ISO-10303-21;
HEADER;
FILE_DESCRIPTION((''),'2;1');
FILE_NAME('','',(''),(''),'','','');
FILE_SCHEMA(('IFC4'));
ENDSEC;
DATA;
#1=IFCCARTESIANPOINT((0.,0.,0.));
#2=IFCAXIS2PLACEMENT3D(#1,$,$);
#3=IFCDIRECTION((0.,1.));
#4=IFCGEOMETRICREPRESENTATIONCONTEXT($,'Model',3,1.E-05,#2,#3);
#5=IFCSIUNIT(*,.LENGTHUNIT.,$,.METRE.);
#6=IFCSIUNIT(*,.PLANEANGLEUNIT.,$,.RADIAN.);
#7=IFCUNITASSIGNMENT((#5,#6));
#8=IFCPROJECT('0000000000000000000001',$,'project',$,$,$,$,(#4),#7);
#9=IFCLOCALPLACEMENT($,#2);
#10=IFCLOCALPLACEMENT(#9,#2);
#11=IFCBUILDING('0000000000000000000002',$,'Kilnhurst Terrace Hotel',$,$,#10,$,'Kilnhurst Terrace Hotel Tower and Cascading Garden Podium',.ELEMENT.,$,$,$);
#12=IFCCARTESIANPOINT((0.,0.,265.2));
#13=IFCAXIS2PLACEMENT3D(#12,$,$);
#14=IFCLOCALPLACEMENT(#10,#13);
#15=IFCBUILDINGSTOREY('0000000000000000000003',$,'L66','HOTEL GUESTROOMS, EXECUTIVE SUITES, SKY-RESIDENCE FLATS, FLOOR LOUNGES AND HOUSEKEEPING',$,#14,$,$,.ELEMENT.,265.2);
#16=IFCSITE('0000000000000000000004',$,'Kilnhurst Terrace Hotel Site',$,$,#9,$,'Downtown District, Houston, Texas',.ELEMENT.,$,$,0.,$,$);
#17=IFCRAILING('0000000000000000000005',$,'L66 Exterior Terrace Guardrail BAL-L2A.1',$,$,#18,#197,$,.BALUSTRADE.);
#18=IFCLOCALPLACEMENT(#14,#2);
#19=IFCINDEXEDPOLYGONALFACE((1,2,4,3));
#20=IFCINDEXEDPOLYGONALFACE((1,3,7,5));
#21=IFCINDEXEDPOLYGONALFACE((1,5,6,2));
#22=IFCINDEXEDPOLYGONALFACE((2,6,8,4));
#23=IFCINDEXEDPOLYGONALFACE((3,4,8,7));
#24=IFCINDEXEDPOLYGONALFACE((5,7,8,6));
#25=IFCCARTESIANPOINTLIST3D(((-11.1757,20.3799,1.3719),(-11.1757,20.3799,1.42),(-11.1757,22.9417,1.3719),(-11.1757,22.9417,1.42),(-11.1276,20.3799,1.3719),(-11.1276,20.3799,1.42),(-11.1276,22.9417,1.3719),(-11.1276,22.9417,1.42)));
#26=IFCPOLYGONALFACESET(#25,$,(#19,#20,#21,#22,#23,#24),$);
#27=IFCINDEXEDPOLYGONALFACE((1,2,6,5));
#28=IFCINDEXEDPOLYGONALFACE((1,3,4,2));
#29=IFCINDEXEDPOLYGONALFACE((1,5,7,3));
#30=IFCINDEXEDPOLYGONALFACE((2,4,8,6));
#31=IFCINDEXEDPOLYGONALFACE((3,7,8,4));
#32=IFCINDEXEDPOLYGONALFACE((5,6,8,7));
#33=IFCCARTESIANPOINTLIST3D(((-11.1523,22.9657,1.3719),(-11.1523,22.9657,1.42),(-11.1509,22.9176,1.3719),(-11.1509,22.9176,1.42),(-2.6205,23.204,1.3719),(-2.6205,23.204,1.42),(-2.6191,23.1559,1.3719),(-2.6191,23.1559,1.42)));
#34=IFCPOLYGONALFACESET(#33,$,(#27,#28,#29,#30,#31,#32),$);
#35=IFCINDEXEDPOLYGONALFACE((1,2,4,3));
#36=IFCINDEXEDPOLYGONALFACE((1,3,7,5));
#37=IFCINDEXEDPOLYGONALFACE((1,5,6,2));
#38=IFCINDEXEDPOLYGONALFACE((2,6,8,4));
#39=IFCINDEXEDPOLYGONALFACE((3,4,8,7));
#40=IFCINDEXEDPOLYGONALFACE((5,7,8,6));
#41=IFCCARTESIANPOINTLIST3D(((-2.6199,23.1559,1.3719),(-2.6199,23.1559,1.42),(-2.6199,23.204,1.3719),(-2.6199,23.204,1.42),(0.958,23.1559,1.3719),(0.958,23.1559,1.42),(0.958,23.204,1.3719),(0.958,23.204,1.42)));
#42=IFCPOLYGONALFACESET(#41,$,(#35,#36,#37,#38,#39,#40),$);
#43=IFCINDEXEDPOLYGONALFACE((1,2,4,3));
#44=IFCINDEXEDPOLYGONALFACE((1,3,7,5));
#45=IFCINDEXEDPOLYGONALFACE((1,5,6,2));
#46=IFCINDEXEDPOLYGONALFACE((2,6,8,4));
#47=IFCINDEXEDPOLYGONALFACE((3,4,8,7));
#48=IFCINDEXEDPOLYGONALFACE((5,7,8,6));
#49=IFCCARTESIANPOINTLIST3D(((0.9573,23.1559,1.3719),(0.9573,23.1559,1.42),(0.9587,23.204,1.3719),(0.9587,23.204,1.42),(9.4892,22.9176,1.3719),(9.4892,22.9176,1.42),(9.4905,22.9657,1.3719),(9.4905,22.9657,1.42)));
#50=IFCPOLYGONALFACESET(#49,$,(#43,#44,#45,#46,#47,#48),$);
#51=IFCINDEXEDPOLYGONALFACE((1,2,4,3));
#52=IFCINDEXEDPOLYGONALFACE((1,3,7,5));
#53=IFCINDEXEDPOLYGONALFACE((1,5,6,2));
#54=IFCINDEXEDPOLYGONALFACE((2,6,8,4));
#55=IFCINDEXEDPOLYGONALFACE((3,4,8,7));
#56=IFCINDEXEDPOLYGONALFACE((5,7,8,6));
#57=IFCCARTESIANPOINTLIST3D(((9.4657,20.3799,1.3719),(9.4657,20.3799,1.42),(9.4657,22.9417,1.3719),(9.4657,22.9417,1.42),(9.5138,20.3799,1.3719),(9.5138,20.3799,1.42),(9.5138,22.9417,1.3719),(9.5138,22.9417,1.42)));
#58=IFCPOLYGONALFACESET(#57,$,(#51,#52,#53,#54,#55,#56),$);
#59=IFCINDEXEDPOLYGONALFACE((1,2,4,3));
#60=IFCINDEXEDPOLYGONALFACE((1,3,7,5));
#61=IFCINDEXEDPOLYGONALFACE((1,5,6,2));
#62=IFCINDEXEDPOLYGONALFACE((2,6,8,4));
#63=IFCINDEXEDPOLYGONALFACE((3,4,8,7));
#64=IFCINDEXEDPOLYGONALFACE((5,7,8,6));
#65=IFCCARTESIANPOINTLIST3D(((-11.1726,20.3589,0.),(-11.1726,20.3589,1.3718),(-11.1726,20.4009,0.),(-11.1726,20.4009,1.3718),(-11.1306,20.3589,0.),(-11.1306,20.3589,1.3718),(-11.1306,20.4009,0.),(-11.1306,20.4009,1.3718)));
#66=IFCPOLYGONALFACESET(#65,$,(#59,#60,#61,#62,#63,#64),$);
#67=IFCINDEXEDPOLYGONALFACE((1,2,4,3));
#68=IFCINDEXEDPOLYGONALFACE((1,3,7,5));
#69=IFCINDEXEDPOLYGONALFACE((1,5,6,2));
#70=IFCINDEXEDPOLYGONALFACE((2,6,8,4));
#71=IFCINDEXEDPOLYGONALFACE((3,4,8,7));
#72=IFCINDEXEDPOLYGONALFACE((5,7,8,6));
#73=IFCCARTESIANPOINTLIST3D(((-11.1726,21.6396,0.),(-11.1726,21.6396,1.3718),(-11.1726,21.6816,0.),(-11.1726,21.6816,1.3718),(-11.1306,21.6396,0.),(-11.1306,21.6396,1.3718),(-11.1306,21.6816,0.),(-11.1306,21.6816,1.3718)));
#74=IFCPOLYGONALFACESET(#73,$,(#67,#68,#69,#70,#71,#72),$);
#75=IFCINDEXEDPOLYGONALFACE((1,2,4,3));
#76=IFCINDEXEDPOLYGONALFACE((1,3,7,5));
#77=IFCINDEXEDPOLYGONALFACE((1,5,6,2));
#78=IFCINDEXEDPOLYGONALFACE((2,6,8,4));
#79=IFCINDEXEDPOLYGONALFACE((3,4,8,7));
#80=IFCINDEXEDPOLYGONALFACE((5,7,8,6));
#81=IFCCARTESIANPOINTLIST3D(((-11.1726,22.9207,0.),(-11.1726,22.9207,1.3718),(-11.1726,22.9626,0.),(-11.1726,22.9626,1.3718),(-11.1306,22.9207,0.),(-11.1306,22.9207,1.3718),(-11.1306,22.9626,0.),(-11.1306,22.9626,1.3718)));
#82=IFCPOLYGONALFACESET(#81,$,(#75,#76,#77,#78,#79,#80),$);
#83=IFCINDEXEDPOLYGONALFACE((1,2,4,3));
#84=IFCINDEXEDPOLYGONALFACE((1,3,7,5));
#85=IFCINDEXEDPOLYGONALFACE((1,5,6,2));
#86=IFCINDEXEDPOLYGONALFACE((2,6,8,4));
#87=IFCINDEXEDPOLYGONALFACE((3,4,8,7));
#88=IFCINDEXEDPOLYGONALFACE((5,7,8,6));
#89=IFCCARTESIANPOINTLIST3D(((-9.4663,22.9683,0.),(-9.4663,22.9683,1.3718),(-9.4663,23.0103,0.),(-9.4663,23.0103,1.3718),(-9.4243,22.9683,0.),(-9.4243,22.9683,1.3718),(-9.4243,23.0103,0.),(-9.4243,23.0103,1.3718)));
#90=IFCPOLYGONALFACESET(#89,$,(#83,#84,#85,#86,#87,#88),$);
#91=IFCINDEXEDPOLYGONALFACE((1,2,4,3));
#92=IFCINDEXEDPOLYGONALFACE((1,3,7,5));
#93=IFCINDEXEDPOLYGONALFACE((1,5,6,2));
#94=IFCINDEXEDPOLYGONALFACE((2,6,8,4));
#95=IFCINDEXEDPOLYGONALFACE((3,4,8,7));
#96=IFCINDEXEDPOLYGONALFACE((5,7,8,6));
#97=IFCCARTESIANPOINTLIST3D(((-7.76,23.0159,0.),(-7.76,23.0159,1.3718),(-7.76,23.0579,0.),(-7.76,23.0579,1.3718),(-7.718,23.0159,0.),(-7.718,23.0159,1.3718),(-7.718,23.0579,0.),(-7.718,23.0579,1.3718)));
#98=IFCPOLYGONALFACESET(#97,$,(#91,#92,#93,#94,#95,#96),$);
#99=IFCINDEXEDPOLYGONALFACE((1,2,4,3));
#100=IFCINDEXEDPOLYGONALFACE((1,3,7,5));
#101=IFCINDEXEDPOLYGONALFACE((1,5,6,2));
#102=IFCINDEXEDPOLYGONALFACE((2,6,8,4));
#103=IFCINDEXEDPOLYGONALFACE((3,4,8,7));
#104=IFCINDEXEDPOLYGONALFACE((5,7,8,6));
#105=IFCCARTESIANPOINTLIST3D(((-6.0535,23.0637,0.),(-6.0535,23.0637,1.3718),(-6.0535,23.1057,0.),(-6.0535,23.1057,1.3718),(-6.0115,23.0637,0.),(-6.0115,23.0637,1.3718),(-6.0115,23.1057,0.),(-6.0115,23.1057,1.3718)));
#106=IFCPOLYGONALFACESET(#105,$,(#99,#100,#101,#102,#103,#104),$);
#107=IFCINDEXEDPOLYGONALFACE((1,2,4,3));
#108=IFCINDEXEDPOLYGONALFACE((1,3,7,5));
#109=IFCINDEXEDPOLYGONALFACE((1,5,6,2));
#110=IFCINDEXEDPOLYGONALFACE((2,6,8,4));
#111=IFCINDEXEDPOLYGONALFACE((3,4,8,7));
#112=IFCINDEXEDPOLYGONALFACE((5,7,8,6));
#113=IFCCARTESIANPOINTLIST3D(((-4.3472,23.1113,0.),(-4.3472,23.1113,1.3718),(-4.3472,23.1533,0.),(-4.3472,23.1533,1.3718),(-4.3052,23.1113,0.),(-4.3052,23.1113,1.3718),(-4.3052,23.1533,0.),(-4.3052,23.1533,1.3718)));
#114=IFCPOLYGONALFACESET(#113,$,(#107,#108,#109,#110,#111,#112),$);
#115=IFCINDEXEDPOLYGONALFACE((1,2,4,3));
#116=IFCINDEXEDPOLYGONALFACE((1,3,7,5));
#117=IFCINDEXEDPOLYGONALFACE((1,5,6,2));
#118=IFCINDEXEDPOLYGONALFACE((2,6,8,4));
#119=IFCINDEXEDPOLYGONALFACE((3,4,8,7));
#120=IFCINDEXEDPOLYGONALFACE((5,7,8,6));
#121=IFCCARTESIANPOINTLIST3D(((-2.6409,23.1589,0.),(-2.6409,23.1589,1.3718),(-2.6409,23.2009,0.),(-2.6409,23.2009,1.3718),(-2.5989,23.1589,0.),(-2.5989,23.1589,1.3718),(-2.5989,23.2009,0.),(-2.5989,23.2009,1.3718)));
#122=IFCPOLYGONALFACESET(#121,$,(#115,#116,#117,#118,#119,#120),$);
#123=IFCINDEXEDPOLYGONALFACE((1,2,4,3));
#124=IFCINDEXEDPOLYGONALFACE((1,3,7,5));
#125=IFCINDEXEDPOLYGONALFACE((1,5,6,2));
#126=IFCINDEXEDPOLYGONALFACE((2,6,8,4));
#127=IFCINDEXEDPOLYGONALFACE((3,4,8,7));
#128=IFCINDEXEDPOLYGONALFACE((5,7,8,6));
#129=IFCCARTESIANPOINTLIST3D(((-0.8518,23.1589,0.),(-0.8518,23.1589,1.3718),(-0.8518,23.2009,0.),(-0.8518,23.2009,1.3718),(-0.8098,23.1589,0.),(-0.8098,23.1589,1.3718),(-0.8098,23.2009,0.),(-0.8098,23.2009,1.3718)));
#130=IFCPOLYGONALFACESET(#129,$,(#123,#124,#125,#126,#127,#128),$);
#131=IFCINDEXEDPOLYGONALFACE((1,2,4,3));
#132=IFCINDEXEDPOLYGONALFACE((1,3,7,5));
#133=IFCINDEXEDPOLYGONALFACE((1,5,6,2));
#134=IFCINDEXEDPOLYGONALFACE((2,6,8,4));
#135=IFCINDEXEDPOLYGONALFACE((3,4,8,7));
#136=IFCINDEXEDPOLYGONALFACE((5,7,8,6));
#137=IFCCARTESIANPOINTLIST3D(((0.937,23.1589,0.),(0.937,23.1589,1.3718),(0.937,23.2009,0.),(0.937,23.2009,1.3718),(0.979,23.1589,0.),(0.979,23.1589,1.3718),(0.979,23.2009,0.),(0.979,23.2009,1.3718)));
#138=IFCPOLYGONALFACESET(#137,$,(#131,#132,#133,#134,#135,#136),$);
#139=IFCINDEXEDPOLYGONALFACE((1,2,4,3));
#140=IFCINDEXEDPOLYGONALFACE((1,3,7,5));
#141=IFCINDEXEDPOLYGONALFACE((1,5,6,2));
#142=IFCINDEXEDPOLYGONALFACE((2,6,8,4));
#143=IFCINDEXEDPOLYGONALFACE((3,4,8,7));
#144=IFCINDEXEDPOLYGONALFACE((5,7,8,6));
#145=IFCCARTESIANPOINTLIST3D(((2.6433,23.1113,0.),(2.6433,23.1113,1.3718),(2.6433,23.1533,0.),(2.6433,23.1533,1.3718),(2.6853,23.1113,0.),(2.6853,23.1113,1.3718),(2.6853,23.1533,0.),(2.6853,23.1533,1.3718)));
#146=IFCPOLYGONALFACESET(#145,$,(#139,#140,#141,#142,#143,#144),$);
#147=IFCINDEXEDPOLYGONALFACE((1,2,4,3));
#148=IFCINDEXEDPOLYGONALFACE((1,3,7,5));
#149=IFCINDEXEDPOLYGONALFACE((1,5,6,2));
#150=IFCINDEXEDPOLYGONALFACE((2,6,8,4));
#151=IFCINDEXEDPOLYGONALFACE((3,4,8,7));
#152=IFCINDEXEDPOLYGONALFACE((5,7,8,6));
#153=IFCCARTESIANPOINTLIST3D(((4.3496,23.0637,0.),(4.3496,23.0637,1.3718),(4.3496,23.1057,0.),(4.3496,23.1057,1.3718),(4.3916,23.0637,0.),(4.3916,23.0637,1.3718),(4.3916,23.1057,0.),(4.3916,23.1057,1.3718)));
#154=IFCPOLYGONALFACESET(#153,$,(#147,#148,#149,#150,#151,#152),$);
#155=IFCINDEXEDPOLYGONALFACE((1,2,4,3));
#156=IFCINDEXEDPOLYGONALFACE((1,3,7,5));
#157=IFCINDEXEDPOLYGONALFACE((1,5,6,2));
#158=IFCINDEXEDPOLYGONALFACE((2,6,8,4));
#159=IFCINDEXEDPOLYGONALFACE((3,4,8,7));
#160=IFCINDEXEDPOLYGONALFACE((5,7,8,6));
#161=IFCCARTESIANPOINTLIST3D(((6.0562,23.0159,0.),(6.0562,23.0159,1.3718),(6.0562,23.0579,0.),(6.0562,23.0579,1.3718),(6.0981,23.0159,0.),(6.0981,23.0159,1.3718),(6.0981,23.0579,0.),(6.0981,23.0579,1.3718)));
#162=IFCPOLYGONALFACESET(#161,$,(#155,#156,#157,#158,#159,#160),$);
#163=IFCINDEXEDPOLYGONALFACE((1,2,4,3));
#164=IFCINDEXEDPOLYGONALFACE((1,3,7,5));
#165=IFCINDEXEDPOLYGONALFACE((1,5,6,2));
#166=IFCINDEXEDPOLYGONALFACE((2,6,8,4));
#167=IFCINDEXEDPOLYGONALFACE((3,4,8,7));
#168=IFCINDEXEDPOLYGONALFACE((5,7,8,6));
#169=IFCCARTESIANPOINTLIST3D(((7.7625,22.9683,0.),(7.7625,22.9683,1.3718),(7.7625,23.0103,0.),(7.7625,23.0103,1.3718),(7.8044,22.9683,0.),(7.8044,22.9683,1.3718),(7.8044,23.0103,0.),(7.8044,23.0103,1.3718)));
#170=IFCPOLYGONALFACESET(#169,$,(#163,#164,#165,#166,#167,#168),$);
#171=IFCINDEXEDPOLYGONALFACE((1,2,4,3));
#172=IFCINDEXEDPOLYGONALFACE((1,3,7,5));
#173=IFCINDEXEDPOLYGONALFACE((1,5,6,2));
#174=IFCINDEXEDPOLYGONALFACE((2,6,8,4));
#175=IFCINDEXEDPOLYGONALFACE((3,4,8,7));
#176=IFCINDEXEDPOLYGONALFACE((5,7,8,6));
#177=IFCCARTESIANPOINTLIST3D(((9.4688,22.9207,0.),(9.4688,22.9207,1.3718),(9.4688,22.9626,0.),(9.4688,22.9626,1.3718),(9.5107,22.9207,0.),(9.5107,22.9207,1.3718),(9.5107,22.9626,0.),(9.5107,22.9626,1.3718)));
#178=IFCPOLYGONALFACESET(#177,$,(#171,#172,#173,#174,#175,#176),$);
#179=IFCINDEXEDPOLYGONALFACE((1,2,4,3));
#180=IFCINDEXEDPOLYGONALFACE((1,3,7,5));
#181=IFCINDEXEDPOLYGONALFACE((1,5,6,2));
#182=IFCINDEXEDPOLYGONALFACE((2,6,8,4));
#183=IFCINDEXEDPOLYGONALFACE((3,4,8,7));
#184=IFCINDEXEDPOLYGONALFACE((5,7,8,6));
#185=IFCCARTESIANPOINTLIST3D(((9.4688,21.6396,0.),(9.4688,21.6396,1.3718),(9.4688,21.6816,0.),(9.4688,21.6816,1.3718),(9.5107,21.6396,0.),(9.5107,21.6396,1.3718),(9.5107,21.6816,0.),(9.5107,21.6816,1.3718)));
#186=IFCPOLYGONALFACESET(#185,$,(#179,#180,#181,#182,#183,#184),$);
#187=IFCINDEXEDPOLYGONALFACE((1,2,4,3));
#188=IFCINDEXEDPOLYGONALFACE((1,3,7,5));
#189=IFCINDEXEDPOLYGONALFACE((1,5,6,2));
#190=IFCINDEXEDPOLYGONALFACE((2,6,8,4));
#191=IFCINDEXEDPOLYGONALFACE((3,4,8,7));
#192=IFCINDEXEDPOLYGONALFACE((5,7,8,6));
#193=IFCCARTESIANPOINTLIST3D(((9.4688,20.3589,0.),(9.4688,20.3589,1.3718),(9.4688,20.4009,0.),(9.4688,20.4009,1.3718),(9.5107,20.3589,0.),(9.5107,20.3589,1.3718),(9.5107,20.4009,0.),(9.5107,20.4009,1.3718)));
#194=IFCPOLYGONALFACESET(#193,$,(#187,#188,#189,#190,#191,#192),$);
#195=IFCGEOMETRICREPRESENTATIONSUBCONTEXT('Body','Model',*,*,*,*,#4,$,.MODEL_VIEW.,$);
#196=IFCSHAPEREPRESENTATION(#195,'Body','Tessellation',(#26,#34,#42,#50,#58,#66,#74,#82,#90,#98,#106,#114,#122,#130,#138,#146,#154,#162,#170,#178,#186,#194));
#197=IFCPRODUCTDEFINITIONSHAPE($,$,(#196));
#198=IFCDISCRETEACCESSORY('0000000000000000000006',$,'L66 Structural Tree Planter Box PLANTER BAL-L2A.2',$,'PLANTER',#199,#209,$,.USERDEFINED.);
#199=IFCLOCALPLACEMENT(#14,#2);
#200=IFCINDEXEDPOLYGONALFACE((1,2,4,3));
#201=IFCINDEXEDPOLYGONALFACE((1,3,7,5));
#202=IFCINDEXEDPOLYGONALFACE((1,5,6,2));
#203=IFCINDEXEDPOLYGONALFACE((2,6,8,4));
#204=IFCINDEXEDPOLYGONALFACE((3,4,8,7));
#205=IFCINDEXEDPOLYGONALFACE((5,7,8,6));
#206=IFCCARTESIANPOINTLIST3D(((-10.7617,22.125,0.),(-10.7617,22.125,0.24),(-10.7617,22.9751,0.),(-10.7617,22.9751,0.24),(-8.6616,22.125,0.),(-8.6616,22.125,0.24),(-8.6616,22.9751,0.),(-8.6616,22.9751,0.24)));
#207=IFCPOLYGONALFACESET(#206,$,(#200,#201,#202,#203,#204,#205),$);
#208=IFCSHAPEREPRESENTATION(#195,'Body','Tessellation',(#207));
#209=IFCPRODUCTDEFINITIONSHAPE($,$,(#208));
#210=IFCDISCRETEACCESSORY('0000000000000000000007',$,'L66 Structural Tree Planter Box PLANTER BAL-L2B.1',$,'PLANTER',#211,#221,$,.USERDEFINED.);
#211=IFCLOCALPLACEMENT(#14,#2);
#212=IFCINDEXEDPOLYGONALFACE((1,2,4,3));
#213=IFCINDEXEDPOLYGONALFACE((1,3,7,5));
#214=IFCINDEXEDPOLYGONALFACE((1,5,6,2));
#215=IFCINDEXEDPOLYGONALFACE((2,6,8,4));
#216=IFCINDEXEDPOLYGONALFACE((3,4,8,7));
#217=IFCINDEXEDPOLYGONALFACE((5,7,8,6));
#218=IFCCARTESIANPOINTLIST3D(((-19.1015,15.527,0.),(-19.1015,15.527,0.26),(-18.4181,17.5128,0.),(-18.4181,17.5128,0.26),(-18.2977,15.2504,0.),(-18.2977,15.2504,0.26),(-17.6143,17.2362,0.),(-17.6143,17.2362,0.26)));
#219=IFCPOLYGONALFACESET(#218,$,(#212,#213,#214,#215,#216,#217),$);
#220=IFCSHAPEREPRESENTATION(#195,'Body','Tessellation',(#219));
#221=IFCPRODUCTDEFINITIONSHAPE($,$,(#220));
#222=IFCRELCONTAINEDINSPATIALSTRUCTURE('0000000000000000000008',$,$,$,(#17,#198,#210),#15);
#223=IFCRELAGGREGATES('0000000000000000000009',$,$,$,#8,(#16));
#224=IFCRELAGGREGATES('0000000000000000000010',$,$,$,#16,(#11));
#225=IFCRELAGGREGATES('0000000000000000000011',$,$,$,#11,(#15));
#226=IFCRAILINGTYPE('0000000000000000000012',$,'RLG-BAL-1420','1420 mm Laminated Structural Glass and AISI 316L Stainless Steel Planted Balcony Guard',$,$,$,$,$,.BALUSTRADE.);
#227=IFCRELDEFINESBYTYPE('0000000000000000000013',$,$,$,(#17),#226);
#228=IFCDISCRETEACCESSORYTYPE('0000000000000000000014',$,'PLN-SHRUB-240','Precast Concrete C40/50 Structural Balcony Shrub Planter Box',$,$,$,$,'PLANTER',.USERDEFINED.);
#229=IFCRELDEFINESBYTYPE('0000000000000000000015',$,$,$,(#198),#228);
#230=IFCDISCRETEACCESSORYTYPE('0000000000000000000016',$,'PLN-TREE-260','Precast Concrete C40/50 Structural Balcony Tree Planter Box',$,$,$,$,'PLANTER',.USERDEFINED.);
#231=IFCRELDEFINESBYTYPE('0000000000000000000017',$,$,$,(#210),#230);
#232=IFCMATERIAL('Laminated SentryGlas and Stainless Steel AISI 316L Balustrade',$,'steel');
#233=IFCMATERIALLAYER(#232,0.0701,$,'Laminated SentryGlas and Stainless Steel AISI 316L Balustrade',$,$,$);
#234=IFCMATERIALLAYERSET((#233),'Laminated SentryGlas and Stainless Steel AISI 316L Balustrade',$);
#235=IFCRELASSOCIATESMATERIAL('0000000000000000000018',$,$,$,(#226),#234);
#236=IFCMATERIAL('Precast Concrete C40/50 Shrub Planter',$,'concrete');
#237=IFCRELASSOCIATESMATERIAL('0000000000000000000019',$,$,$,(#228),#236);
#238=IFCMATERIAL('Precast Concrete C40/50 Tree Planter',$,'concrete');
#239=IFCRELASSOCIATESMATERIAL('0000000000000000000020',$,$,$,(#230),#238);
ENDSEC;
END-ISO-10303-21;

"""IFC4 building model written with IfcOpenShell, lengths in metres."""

from ifc_helpers import new_model, si_unit, direction, frame, origin, origin_2d, place, context, subcontext, project, spatial, rectangle, extrude, material, layer, layer_set, type_object, element, save


model = new_model("IFC4")

# Units and contexts
model_context = context("Model", 3, precision=1e-05, world=origin(), true_north=direction((0.0, 1.0)))
body_context = subcontext(model_context, "Body", "Model", "MODEL_VIEW")
ifc_project = project(units=[si_unit("LENGTHUNIT", "METRE"), si_unit("PLANEANGLEUNIT", "RADIAN")], contexts=[model_context])

# Site, building, storey
site_placement = place(None, origin())
site = spatial("IfcSite", under=ifc_project, at=site_placement, Name="Kilnhurst Terrace Hotel Site", LongName="Downtown District, Houston, Texas", CompositionType="ELEMENT", RefElevation=0.0)
building_placement = place(site_placement, origin())
building = spatial("IfcBuilding", under=site, at=building_placement, Name="Kilnhurst Terrace Hotel", LongName="Kilnhurst Terrace Hotel Tower and Cascading Garden Podium", CompositionType="ELEMENT")
storey_placement = place(building_placement, frame((0.0, 0.0, 265.2)))
storey = spatial("IfcBuildingStorey", under=building, at=storey_placement, Name="L66", Description="HOTEL GUESTROOMS, EXECUTIVE SUITES, SKY-RESIDENCE FLATS, FLOOR LOUNGES AND HOUSEKEEPING", CompositionType="ELEMENT", Elevation=265.2)

# Railing
ifc_material_1 = material(Name="Laminated SentryGlas and Stainless Steel AISI 316L Balustrade", Category="steel")
ifc_layer_1 = layer(ifc_material_1, 0.0701, Name="Laminated SentryGlas and Stainless Steel AISI 316L Balustrade")
ifc_layer_set_1 = layer_set([ifc_layer_1], Name="Laminated SentryGlas and Stainless Steel AISI 316L Balustrade")
railing_type = type_object("IfcRailingType", Name="RLG-BAL-1420", Description="1420 mm Laminated Structural Glass and AISI 316L Stainless Steel Planted Balcony Guard", PredefinedType="BALUSTRADE", material=ifc_layer_set_1)
railing_placement = place(storey_placement, frame((-11.1516, 20.3799, 0.0)))
element("IfcRailing", 1, at=railing_placement, inside=storey, type_object=railing_type, Name="L66 Exterior Terrace Guardrail BAL-L2A.1", PredefinedType="BALUSTRADE", context=body_context, shape_type="SweptSolid", body=[
    extrude(rectangle(XDim=0.0481, YDim=0.0481, at=origin_2d()), frame((0.0, 0.0, 1.396), z_axis=(0.0, 1.0, 0.0), x_axis=(-1.0, 0.0, 0.0)), (0.0, 0.0, 1.0), 2.5618),
    extrude(rectangle(XDim=0.0481, YDim=0.0481, at=origin_2d()), frame((0.0, 2.5618, 1.396), z_axis=(0.99961, 0.027918, 0.0), x_axis=(-0.027918, 0.99961, 0.0)), (0.0, 0.0, 1.0), 8.5352),
    extrude(rectangle(XDim=0.0481, YDim=0.0481, at=origin_2d()), frame((8.5317, 2.8, 1.396), z_axis=(1.0, 0.0, 0.0), x_axis=(0.0, 1.0, 0.0)), (0.0, 0.0, 1.0), 3.5779),
    extrude(rectangle(XDim=0.0481, YDim=0.0481, at=origin_2d()), frame((12.1096, 2.8, 1.396), z_axis=(0.99961, -0.027918, 0.0), x_axis=(0.027918, 0.99961, 0.0)), (0.0, 0.0, 1.0), 8.5352),
    extrude(rectangle(XDim=0.0481, YDim=0.0481, at=origin_2d()), frame((20.6414, 2.5618, 1.396), z_axis=(0.0, -1.0, 0.0), x_axis=(1.0, 0.0, 0.0)), (0.0, 0.0, 1.0), 2.5618),
    extrude(rectangle(XDim=0.042, YDim=0.042, at=origin_2d()), origin(), (0.0, 0.0, 1.0), 1.3718),
    extrude(rectangle(XDim=0.042, YDim=0.042, at=origin_2d()), frame((0.0, 1.2808, 0.0)), (0.0, 0.0, 1.0), 1.3718),
    extrude(rectangle(XDim=0.042, YDim=0.042, at=origin_2d()), frame((0.0, 2.5618, 0.0)), (0.0, 0.0, 1.0), 1.3718),
    extrude(rectangle(XDim=0.042, YDim=0.042, at=origin_2d()), frame((1.7063, 2.6094, 0.0)), (0.0, 0.0, 1.0), 1.3718),
    extrude(rectangle(XDim=0.042, YDim=0.042, at=origin_2d()), frame((3.4126, 2.657, 0.0)), (0.0, 0.0, 1.0), 1.3718),
    extrude(rectangle(XDim=0.042, YDim=0.042, at=origin_2d()), frame((5.1191, 2.7048, 0.0)), (0.0, 0.0, 1.0), 1.3718),
    extrude(rectangle(XDim=0.042, YDim=0.042, at=origin_2d()), frame((6.8254, 2.7524, 0.0)), (0.0, 0.0, 1.0), 1.3718),
    extrude(rectangle(XDim=0.042, YDim=0.042, at=origin_2d()), frame((8.5317, 2.8, 0.0)), (0.0, 0.0, 1.0), 1.3718),
    extrude(rectangle(XDim=0.042, YDim=0.042, at=origin_2d()), frame((10.3208, 2.8, 0.0)), (0.0, 0.0, 1.0), 1.3718),
    extrude(rectangle(XDim=0.042, YDim=0.042, at=origin_2d()), frame((12.1096, 2.8, 0.0)), (0.0, 0.0, 1.0), 1.3718),
    extrude(rectangle(XDim=0.042, YDim=0.042, at=origin_2d()), frame((13.8159, 2.7524, 0.0)), (0.0, 0.0, 1.0), 1.3718),
    extrude(rectangle(XDim=0.042, YDim=0.042, at=origin_2d()), frame((15.5222, 2.7048, 0.0)), (0.0, 0.0, 1.0), 1.3718),
    extrude(rectangle(XDim=0.042, YDim=0.042, at=origin_2d()), frame((17.2288, 2.657, 0.0)), (0.0, 0.0, 1.0), 1.3718),
    extrude(rectangle(XDim=0.042, YDim=0.042, at=origin_2d()), frame((18.9351, 2.6094, 0.0)), (0.0, 0.0, 1.0), 1.3718),
    extrude(rectangle(XDim=0.042, YDim=0.042, at=origin_2d()), frame((20.6414, 2.5618, 0.0)), (0.0, 0.0, 1.0), 1.3718),
    extrude(rectangle(XDim=0.042, YDim=0.042, at=origin_2d()), frame((20.6414, 1.2808, 0.0)), (0.0, 0.0, 1.0), 1.3718),
    extrude(rectangle(XDim=0.042, YDim=0.042, at=origin_2d()), frame((20.6414, 0.0, 0.0)), (0.0, 0.0, 1.0), 1.3718),
])

# Discrete accessories
ifc_material_2 = material(Name="Precast Concrete C40/50 Shrub Planter", Category="concrete")
discrete_accessory_type_1 = type_object("IfcDiscreteAccessoryType", Name="PLN-SHRUB-240", Description="Precast Concrete C40/50 Structural Balcony Shrub Planter Box", ElementType="PLANTER", PredefinedType="USERDEFINED", material=ifc_material_2)
discrete_accessory_1_placement = place(storey_placement, frame((-9.7117, 22.55, 0.0), z_axis=(0.0, 0.0, 1.0), x_axis=(-1.0, 0.0, 0.0)))
element("IfcDiscreteAccessory", 2, at=discrete_accessory_1_placement, inside=storey, type_object=discrete_accessory_type_1, Name="L66 Structural Tree Planter Box PLANTER BAL-L2A.2", ObjectType="PLANTER", PredefinedType="USERDEFINED", context=body_context, shape_type="SweptSolid", body=[
    extrude(rectangle(XDim=2.1001, YDim=0.8501, at=origin_2d()), origin(), (0.0, 0.0, 1.0), 0.24),
])
ifc_material_3 = material(Name="Precast Concrete C40/50 Tree Planter", Category="concrete")
discrete_accessory_type_2 = type_object("IfcDiscreteAccessoryType", Name="PLN-TREE-260", Description="Precast Concrete C40/50 Structural Balcony Tree Planter Box", ElementType="PLANTER", PredefinedType="USERDEFINED", material=ifc_material_3)
discrete_accessory_2_placement = place(storey_placement, frame((-18.3579, 16.3816, 0.0), z_axis=(0.0, 0.0, 1.0), x_axis=(-0.325403, -0.945575, 0.0)))
element("IfcDiscreteAccessory", 3, at=discrete_accessory_2_placement, inside=storey, type_object=discrete_accessory_type_2, Name="L66 Structural Tree Planter Box PLANTER BAL-L2B.1", ObjectType="PLANTER", PredefinedType="USERDEFINED", context=body_context, shape_type="SweptSolid", body=[
    extrude(rectangle(XDim=2.1001, YDim=0.8501, at=origin_2d()), origin(), (0.0, 0.0, 1.0), 0.26),
])

save(model, "model.ifc")
